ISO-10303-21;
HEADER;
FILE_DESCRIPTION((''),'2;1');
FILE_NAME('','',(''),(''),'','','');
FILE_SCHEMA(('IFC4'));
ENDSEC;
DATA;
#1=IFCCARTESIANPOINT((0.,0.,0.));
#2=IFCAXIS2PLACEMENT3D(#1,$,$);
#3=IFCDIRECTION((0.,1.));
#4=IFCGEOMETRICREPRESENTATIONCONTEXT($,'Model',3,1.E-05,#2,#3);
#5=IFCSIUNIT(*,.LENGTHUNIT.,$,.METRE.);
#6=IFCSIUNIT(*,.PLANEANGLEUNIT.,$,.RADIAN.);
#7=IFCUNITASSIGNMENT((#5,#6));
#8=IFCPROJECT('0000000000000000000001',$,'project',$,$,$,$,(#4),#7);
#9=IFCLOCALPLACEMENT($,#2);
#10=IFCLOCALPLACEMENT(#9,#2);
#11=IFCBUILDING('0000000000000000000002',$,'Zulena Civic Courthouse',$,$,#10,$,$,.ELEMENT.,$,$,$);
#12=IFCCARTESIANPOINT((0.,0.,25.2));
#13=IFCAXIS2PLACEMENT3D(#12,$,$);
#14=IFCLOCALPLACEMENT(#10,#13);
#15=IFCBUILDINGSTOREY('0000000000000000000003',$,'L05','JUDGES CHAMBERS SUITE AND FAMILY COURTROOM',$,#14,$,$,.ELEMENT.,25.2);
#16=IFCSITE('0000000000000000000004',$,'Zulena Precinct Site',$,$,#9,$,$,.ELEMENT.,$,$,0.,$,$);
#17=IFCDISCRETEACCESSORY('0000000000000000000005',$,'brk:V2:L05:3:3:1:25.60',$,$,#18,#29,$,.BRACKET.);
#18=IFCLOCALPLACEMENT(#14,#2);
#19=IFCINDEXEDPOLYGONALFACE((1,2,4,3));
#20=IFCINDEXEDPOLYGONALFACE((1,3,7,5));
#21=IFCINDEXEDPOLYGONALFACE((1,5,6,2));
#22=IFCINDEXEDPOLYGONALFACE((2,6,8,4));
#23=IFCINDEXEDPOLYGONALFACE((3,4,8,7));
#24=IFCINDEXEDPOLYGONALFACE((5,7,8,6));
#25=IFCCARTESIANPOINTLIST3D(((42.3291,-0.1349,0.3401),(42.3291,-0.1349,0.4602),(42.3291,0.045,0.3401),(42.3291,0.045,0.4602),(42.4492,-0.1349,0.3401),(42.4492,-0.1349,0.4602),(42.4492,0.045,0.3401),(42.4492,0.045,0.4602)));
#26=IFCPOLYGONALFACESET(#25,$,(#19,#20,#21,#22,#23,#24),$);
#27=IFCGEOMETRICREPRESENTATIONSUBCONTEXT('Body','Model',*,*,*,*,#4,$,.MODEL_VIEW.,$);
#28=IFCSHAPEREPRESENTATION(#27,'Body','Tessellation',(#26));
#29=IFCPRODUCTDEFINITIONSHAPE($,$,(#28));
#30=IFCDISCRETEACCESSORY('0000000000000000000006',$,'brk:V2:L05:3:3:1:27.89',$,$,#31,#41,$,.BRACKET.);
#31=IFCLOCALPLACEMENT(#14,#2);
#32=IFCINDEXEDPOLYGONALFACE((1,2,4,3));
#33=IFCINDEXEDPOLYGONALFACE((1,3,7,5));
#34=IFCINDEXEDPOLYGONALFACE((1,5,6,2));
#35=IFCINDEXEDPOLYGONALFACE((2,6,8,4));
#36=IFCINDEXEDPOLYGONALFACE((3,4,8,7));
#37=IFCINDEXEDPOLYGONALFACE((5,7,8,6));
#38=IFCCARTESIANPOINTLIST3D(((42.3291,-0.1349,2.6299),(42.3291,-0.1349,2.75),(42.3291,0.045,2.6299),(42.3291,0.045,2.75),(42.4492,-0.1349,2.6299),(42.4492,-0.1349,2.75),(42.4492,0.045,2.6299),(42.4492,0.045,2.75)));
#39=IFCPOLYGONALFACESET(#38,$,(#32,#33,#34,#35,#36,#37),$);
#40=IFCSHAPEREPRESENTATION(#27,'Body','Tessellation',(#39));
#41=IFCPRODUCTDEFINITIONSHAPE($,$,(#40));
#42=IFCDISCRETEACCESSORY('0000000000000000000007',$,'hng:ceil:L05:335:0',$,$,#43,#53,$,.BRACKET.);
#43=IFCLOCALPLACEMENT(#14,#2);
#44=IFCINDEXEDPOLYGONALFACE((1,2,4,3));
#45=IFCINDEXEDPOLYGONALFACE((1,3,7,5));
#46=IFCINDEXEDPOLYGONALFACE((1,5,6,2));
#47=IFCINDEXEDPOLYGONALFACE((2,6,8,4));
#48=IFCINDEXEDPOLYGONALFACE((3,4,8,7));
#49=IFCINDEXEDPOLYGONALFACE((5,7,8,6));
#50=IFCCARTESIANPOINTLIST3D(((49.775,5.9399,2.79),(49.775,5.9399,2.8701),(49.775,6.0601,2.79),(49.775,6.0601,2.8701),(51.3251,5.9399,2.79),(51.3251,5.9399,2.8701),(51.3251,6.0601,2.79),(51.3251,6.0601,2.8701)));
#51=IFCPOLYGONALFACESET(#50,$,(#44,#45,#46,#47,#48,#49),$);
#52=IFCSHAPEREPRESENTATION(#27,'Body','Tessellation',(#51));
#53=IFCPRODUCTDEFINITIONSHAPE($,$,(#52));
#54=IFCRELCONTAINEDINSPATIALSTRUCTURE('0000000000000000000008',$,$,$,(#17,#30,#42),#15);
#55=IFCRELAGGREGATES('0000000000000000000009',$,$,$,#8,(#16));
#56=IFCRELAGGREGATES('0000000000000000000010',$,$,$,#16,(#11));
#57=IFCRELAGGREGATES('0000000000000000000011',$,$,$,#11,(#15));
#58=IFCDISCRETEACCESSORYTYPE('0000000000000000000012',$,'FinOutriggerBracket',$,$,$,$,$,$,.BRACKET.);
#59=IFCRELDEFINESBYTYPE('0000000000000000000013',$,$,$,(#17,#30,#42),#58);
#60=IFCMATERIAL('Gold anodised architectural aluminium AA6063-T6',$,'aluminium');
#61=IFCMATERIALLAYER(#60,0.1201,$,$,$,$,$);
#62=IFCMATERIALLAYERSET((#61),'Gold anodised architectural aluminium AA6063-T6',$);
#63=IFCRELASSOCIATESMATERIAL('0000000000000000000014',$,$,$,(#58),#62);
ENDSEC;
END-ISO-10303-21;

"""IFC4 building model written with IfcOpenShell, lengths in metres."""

from ifc_helpers import new_model, si_unit, direction, frame, origin, origin_2d, place, context, subcontext, project, spatial, rectangle, extrude, material, layer, layer_set, type_object, element, save


model = new_model("IFC4")

# Units and contexts
model_context = context("Model", 3, precision=1e-05, world=origin(), true_north=direction((0.0, 1.0)))
body_context = subcontext(model_context, "Body", "Model", "MODEL_VIEW")
ifc_project = project(units=[si_unit("LENGTHUNIT", "METRE"), si_unit("PLANEANGLEUNIT", "RADIAN")], contexts=[model_context])

# Site, building, storey
site_placement = place(None, origin())
site = spatial("IfcSite", under=ifc_project, at=site_placement, Name="Zulena Precinct Site", CompositionType="ELEMENT", RefElevation=0.0)
building_placement = place(site_placement, origin())
building = spatial("IfcBuilding", under=site, at=building_placement, Name="Zulena Civic Courthouse", CompositionType="ELEMENT")
storey_placement = place(building_placement, frame((0.0, 0.0, 25.2)))
storey = spatial("IfcBuildingStorey", under=building, at=storey_placement, Name="L05", Description="JUDGES CHAMBERS SUITE AND FAMILY COURTROOM", CompositionType="ELEMENT", Elevation=25.2)

# Shared definitions
ifc_material_1 = material(Name="Gold anodised architectural aluminium AA6063-T6", Category="aluminium")

# Discrete accessories
ifc_layer_1 = layer(ifc_material_1, 0.1201)
ifc_layer_set_1 = layer_set([ifc_layer_1], Name="Gold anodised architectural aluminium AA6063-T6")
discrete_accessory_type = type_object("IfcDiscreteAccessoryType", Name="FinOutriggerBracket", PredefinedType="BRACKET", material=ifc_layer_set_1)
for number, where, z_axis, x_axis, name in (
    (1, (42.3892, -0.0449, 0.3401), (0.0, 0.0, 1.0), (0.0, -1.0, 0.0), "brk:V2:L05:3:3:1:25.60"),
    (2, (42.3892, -0.0449, 2.6299), (0.0, 0.0, 1.0), (0.0, -1.0, 0.0), "brk:V2:L05:3:3:1:27.89"),
):
    element("IfcDiscreteAccessory", number, at=place(storey_placement, frame(where, z_axis=z_axis, x_axis=x_axis)), inside=storey, type_object=discrete_accessory_type, Name=name, PredefinedType="BRACKET", context=body_context, shape_type="SweptSolid", body=[
        extrude(rectangle(XDim=0.1799, YDim=0.1201, at=origin_2d()), origin(), (0.0, 0.0, 1.0), 0.1201),
    ])
discrete_accessory_placement = place(storey_placement, frame((50.55, 6.0, 2.79), z_axis=(0.0, 0.0, 1.0), x_axis=(1.0, 0.0, 0.0)))
element("IfcDiscreteAccessory", 3, at=discrete_accessory_placement, inside=storey, type_object=discrete_accessory_type, Name="hng:ceil:L05:335:0", PredefinedType="BRACKET", context=body_context, shape_type="SweptSolid", body=[
    extrude(rectangle(XDim=1.55, YDim=0.1201, at=origin_2d()), origin(), (0.0, 0.0, 1.0), 0.0801),
])

save(model, "model.ifc")
